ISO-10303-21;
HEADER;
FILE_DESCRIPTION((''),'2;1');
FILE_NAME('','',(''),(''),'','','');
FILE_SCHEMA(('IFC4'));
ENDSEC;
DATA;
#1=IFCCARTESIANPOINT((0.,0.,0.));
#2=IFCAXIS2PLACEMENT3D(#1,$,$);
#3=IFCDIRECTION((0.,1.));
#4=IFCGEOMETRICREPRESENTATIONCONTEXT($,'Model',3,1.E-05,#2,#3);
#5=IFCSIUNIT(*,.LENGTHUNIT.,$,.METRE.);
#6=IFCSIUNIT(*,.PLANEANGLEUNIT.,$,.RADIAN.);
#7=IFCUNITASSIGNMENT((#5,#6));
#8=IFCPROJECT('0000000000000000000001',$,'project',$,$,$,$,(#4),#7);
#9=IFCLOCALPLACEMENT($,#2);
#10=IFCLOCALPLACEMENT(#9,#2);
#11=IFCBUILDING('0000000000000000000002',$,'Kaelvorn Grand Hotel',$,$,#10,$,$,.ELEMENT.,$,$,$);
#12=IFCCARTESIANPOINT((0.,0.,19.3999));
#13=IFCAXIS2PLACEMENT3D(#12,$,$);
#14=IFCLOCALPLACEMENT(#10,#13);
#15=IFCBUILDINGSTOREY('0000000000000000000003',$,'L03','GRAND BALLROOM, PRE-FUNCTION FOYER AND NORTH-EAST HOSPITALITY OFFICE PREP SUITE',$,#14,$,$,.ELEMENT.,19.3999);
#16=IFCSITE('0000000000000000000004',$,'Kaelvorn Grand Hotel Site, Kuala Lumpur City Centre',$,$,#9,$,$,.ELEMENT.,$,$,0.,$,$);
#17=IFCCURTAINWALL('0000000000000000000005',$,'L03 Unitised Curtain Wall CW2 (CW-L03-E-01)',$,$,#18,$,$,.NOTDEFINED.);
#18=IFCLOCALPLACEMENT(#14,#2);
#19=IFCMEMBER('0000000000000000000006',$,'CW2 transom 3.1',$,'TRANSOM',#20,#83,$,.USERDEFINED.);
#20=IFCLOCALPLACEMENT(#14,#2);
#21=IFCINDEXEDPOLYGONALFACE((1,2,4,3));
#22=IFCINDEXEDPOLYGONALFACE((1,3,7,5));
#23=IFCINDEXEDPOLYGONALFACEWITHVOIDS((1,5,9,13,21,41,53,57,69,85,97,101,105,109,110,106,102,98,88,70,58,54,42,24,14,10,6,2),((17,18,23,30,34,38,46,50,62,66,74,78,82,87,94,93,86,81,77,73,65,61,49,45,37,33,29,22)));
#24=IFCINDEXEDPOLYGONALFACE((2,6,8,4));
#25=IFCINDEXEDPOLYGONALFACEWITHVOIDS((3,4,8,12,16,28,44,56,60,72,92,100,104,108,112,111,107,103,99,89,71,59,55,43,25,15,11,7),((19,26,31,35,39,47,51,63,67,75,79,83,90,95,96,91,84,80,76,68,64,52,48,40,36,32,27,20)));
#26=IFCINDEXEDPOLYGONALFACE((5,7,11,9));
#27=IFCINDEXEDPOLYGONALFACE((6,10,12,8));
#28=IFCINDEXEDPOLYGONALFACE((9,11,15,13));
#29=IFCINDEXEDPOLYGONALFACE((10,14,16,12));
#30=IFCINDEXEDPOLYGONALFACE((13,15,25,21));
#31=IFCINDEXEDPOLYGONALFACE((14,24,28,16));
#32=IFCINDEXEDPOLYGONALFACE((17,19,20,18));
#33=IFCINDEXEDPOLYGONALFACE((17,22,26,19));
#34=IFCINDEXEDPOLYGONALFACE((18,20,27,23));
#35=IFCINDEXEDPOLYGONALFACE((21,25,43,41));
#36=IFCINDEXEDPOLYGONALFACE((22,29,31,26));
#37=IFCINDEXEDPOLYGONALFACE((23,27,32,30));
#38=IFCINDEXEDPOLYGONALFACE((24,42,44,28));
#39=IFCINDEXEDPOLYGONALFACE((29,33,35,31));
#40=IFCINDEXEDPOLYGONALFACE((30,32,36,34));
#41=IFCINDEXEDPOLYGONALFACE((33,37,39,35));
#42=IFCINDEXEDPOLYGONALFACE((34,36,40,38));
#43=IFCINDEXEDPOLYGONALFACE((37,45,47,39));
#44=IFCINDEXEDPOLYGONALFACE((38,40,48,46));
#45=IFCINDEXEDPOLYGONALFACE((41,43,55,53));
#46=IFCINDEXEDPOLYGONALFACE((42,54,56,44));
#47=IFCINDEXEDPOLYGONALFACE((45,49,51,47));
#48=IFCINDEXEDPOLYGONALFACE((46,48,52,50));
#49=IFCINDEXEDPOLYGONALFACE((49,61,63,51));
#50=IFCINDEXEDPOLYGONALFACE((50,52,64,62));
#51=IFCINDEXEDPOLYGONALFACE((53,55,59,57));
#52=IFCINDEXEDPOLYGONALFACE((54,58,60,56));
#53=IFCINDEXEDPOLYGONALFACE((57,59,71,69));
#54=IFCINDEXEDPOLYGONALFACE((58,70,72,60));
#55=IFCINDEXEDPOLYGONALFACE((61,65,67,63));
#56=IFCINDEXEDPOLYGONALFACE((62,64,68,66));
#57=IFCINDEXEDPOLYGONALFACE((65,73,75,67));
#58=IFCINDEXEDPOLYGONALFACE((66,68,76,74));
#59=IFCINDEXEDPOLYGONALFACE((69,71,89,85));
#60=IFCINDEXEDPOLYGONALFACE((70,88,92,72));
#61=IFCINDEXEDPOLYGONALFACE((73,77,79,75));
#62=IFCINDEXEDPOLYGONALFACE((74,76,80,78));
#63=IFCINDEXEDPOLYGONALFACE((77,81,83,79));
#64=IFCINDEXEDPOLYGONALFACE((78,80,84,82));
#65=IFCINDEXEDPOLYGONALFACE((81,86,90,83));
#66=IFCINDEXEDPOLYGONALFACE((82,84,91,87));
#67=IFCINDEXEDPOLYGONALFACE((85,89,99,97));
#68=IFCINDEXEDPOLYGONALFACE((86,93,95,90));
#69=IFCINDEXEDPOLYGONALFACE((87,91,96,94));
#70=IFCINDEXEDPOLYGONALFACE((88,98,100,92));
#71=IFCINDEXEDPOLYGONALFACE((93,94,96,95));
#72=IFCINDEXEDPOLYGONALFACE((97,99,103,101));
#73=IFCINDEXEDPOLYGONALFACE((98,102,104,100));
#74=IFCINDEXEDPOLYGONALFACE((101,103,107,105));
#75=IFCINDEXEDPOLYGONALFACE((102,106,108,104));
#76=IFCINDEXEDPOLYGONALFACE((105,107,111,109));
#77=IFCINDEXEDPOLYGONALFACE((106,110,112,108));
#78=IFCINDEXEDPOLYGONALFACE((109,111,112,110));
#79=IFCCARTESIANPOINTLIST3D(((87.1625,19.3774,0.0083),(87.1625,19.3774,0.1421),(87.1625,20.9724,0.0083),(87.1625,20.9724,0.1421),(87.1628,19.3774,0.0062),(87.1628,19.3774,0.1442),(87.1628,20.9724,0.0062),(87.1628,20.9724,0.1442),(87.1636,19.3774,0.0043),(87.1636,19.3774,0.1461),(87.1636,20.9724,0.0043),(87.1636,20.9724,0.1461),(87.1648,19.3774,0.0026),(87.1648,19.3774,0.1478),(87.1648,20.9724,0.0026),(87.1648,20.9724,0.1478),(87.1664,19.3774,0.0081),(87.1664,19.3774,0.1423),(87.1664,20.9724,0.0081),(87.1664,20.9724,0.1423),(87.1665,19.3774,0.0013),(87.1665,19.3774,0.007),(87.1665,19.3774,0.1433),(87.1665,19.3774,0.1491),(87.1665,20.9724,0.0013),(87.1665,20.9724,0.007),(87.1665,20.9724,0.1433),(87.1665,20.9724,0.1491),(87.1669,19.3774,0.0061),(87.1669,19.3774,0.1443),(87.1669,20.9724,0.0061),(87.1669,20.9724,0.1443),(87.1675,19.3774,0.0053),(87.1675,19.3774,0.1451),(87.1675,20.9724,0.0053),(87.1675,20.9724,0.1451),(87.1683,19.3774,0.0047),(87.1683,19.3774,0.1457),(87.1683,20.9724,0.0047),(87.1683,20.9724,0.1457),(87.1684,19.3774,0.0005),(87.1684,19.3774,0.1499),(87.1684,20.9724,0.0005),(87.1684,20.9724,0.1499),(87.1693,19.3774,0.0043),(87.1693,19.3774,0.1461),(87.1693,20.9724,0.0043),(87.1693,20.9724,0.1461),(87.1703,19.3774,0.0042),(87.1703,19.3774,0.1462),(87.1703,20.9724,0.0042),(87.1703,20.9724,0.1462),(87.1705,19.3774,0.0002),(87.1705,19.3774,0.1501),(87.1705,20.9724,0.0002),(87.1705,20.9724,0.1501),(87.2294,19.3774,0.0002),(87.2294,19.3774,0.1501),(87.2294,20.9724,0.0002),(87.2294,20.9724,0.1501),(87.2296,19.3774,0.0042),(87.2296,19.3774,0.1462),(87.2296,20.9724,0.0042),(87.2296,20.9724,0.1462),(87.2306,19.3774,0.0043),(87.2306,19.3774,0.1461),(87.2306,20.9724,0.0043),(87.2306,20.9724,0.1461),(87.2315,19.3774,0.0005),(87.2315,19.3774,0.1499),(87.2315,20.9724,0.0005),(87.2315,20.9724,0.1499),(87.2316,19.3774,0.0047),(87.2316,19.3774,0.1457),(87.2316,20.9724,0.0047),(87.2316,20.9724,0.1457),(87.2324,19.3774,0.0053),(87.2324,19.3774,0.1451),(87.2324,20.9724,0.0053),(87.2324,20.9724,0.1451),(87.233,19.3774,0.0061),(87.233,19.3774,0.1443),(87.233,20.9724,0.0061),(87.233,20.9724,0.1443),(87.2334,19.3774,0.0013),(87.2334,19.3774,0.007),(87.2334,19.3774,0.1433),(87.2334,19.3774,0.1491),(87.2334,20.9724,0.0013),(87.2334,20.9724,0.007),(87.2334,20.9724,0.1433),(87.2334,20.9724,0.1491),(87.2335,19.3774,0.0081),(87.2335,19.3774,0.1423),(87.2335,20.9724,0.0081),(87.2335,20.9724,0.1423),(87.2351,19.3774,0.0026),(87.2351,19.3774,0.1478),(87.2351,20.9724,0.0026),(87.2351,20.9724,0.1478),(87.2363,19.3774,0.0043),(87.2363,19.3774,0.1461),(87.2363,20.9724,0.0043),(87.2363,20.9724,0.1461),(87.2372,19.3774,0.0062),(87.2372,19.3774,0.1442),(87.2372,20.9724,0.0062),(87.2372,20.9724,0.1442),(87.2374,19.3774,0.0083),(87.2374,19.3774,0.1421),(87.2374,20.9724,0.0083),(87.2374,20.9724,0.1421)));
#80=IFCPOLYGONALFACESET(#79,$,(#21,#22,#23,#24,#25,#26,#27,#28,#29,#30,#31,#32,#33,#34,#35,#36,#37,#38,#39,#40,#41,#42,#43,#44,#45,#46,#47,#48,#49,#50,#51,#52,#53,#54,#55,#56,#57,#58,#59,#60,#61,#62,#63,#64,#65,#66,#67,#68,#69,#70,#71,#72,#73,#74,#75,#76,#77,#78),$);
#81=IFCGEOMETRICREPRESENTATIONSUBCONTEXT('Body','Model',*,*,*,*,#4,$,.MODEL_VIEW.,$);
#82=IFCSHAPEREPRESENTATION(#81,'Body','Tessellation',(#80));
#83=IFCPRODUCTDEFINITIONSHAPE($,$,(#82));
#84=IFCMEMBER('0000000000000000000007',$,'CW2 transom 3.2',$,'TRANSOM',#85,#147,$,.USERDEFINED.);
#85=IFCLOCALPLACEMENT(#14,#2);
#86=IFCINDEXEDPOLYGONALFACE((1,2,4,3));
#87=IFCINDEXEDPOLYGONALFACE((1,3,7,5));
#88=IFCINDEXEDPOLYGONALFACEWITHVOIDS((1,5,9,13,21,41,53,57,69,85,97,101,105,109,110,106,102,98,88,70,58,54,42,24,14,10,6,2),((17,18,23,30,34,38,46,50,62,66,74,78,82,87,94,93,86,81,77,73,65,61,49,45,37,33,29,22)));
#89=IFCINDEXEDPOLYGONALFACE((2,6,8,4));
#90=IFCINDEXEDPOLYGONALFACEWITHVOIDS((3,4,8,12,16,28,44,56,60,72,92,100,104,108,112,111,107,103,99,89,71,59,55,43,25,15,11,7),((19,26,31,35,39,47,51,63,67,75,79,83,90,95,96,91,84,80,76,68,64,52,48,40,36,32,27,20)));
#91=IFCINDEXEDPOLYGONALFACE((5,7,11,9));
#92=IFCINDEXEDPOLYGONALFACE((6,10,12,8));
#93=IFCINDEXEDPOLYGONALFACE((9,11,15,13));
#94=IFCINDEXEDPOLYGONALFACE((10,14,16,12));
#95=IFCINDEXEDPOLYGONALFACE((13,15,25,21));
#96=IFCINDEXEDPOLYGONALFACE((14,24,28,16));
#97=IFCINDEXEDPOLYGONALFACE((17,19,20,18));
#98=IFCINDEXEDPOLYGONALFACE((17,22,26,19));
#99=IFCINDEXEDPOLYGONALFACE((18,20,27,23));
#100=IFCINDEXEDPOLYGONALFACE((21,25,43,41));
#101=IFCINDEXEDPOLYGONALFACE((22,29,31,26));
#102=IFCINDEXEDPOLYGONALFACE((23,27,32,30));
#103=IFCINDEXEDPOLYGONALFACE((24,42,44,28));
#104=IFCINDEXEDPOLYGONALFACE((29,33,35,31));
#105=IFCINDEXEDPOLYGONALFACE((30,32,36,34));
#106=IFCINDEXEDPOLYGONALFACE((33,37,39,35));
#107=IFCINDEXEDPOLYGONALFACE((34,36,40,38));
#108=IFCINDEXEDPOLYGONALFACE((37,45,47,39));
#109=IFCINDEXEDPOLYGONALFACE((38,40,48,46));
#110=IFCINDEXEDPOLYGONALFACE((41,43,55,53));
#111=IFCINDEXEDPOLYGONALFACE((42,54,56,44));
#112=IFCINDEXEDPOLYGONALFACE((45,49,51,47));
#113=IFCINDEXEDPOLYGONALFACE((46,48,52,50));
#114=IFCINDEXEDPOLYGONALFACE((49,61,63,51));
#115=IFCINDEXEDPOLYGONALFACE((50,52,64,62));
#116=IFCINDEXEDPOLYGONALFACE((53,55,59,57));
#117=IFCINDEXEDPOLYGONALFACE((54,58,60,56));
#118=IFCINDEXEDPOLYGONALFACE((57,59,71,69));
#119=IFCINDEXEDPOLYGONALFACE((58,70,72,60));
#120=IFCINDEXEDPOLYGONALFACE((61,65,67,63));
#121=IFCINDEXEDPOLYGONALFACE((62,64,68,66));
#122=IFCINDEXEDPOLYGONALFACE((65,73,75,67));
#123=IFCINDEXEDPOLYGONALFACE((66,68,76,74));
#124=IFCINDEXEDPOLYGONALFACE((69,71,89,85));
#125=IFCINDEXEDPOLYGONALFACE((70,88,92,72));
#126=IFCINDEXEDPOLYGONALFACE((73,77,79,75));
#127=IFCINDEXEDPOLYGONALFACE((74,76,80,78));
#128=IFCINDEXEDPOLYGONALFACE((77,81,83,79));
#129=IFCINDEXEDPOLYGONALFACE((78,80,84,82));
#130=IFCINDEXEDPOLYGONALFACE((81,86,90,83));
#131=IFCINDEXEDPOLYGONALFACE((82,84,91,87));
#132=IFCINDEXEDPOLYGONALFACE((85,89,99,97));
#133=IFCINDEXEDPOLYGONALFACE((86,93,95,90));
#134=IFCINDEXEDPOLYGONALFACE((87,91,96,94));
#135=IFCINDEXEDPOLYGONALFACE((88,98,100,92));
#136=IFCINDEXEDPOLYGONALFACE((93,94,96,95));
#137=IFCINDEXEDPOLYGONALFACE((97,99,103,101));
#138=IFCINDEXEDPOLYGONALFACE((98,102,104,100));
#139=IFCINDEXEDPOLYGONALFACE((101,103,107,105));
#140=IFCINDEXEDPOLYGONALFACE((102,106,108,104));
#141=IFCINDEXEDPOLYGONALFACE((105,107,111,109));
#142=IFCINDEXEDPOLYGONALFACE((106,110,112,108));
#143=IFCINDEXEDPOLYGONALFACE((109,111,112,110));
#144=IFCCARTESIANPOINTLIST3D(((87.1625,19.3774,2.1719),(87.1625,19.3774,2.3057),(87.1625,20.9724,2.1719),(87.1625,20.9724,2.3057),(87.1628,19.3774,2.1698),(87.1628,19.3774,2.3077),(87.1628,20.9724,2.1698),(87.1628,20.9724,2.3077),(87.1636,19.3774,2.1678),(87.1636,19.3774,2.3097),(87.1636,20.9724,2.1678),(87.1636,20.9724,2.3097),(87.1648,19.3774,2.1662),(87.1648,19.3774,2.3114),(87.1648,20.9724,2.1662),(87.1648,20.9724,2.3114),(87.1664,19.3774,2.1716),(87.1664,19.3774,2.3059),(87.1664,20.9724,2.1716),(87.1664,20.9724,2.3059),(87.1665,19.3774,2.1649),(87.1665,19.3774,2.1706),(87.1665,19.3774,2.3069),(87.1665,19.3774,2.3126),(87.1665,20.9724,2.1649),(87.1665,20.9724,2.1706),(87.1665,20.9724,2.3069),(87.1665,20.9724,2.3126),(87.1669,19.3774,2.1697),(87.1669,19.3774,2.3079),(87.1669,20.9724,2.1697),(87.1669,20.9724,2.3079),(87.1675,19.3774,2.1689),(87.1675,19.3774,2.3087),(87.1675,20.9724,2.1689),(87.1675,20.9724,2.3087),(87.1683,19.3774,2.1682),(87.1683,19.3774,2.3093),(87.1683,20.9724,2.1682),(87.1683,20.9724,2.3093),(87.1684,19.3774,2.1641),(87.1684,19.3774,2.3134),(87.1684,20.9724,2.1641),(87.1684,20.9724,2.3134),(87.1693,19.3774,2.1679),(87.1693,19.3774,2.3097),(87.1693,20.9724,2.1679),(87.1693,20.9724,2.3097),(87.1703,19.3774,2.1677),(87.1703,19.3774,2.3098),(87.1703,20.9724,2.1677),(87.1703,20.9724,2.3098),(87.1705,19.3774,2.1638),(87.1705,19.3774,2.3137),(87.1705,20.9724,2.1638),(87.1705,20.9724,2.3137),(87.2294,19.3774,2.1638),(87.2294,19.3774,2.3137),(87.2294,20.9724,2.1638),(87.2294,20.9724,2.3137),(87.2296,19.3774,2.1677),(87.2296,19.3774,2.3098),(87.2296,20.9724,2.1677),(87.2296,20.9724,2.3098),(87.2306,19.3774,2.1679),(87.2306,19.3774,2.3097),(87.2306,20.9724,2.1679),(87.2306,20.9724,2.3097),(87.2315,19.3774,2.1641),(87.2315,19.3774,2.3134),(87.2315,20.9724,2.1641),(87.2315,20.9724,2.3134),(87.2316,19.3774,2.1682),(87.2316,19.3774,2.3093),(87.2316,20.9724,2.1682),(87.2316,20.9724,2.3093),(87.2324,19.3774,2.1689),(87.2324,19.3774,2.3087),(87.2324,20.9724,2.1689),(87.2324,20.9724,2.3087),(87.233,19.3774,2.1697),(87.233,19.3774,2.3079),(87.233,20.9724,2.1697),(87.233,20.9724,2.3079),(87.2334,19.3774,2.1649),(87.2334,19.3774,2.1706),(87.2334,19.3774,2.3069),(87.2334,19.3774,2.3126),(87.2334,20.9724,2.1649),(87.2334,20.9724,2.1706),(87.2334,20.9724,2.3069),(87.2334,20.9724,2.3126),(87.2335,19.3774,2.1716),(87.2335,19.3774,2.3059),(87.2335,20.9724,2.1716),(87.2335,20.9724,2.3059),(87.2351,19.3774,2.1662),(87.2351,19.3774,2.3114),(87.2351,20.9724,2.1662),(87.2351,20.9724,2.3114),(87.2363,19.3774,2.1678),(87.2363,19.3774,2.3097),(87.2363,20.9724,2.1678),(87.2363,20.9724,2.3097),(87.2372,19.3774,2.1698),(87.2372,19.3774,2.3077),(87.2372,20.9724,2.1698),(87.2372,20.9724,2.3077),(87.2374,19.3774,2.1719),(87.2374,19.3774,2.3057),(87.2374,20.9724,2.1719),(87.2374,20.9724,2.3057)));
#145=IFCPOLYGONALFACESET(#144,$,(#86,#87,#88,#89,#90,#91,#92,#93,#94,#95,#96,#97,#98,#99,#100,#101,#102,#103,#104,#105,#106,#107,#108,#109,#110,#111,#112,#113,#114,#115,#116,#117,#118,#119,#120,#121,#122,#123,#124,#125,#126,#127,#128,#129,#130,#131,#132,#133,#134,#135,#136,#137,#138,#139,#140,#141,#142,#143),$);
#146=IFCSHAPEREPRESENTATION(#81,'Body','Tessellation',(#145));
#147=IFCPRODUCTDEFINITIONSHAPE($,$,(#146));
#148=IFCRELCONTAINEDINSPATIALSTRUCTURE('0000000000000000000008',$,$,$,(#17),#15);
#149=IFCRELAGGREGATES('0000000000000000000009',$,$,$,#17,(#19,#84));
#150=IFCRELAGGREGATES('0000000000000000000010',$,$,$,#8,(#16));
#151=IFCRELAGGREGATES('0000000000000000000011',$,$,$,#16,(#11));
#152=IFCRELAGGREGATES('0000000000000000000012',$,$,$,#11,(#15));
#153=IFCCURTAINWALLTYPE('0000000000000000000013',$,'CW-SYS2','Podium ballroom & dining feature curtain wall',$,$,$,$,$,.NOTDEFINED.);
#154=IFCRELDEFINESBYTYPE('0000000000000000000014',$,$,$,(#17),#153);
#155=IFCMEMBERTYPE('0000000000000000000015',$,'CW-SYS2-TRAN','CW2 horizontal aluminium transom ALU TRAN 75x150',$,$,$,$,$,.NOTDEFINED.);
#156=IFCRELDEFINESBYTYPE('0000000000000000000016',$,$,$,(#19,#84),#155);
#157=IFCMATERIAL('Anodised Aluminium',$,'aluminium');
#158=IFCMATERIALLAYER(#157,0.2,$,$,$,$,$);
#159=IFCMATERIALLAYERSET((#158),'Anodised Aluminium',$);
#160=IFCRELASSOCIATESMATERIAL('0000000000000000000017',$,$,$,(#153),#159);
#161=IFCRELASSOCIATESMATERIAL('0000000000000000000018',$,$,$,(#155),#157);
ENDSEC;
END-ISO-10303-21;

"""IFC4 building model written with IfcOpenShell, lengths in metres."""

from ifc_helpers import new_model, si_unit, direction, frame, origin, origin_2d, place, context, subcontext, project, spatial, hollow_rectangle, extrude, material, layer, layer_set, material_profile, profile_set, type_object, element, aggregate, save


model = new_model("IFC4")

# Units and contexts
model_context = context("Model", 3, precision=1e-05, world=origin(), true_north=direction((0.0, 1.0)))
body_context = subcontext(model_context, "Body", "Model", "MODEL_VIEW")
ifc_project = project(units=[si_unit("LENGTHUNIT", "METRE"), si_unit("PLANEANGLEUNIT", "RADIAN")], contexts=[model_context])

# Site, building, storey
site_placement = place(None, origin())
site = spatial("IfcSite", under=ifc_project, at=site_placement, Name="Kaelvorn Grand Hotel Site, Kuala Lumpur City Centre", CompositionType="ELEMENT", RefElevation=0.0)
building_placement = place(site_placement, origin())
building = spatial("IfcBuilding", under=site, at=building_placement, Name="Kaelvorn Grand Hotel", CompositionType="ELEMENT")
storey_placement = place(building_placement, frame((0.0, 0.0, 19.3999)))
storey = spatial("IfcBuildingStorey", under=building, at=storey_placement, Name="L03", Description="GRAND BALLROOM, PRE-FUNCTION FOYER AND NORTH-EAST HOSPITALITY OFFICE PREP SUITE", CompositionType="ELEMENT", Elevation=19.3999)

# Curtain wall, members
ifc_material_1 = material(Name="Anodised Aluminium", Category="aluminium")
ifc_layer_1 = layer(ifc_material_1, 0.2)
ifc_layer_set_1 = layer_set([ifc_layer_1], Name="Anodised Aluminium")
curtain_wall_type = type_object("IfcCurtainWallType", Name="CW-SYS2", Description="Podium ballroom & dining feature curtain wall", PredefinedType="NOTDEFINED", material=ifc_layer_set_1)
curtain_wall_placement = place(storey_placement, origin())
curtain_wall = element("IfcCurtainWall", 1, at=curtain_wall_placement, inside=storey, type_object=curtain_wall_type, Name="L03 Unitised Curtain Wall CW2 (CW-L03-E-01)", PredefinedType="NOTDEFINED")
ifc_material_profile_1 = material_profile(ifc_material_1, hollow_rectangle(XDim=0.075, YDim=0.1499, WallThickness=0.0039, InnerFilletRadius=0.0039, OuterFilletRadius=0.0081, at=origin_2d()), Name="ALU TRAN 75x150")
ifc_profile_set_1 = profile_set([ifc_material_profile_1], Name="Anodised Aluminium")
member_type_1 = type_object("IfcMemberType", Name="CW-SYS2-TRAN", Description="CW2 horizontal aluminium transom ALU TRAN 75x150", PredefinedType="NOTDEFINED", material=ifc_profile_set_1)
member_1_placement = place(storey_placement, frame((87.2, 19.3774, 0.0752), z_axis=(0.0, 1.0, 0.0), x_axis=(-1.0, 0.0, 0.0)))
member_1 = element("IfcMember", 2, at=member_1_placement, type_object=member_type_1, Name="CW2 transom 3.1", ObjectType="TRANSOM", PredefinedType="USERDEFINED", context=body_context, shape_type="SweptSolid", body=[
    extrude(hollow_rectangle(XDim=0.075, YDim=0.1499, WallThickness=0.0039, InnerFilletRadius=0.0039, OuterFilletRadius=0.0081, at=origin_2d()), origin(), (0.0, 0.0, 1.0), 1.595),
])
member_2_placement = place(storey_placement, frame((87.2, 19.3774, 2.2388), z_axis=(0.0, 1.0, 0.0), x_axis=(-1.0, 0.0, 0.0)))
member_2 = element("IfcMember", 3, at=member_2_placement, type_object=member_type_1, Name="CW2 transom 3.2", ObjectType="TRANSOM", PredefinedType="USERDEFINED", context=body_context, shape_type="SweptSolid", body=[
    extrude(hollow_rectangle(XDim=0.075, YDim=0.1499, WallThickness=0.0039, InnerFilletRadius=0.0039, OuterFilletRadius=0.0081, at=origin_2d()), origin(), (0.0, 0.0, 1.0), 1.595),
])
aggregate(curtain_wall, [member_1, member_2])

save(model, "model.ifc")
